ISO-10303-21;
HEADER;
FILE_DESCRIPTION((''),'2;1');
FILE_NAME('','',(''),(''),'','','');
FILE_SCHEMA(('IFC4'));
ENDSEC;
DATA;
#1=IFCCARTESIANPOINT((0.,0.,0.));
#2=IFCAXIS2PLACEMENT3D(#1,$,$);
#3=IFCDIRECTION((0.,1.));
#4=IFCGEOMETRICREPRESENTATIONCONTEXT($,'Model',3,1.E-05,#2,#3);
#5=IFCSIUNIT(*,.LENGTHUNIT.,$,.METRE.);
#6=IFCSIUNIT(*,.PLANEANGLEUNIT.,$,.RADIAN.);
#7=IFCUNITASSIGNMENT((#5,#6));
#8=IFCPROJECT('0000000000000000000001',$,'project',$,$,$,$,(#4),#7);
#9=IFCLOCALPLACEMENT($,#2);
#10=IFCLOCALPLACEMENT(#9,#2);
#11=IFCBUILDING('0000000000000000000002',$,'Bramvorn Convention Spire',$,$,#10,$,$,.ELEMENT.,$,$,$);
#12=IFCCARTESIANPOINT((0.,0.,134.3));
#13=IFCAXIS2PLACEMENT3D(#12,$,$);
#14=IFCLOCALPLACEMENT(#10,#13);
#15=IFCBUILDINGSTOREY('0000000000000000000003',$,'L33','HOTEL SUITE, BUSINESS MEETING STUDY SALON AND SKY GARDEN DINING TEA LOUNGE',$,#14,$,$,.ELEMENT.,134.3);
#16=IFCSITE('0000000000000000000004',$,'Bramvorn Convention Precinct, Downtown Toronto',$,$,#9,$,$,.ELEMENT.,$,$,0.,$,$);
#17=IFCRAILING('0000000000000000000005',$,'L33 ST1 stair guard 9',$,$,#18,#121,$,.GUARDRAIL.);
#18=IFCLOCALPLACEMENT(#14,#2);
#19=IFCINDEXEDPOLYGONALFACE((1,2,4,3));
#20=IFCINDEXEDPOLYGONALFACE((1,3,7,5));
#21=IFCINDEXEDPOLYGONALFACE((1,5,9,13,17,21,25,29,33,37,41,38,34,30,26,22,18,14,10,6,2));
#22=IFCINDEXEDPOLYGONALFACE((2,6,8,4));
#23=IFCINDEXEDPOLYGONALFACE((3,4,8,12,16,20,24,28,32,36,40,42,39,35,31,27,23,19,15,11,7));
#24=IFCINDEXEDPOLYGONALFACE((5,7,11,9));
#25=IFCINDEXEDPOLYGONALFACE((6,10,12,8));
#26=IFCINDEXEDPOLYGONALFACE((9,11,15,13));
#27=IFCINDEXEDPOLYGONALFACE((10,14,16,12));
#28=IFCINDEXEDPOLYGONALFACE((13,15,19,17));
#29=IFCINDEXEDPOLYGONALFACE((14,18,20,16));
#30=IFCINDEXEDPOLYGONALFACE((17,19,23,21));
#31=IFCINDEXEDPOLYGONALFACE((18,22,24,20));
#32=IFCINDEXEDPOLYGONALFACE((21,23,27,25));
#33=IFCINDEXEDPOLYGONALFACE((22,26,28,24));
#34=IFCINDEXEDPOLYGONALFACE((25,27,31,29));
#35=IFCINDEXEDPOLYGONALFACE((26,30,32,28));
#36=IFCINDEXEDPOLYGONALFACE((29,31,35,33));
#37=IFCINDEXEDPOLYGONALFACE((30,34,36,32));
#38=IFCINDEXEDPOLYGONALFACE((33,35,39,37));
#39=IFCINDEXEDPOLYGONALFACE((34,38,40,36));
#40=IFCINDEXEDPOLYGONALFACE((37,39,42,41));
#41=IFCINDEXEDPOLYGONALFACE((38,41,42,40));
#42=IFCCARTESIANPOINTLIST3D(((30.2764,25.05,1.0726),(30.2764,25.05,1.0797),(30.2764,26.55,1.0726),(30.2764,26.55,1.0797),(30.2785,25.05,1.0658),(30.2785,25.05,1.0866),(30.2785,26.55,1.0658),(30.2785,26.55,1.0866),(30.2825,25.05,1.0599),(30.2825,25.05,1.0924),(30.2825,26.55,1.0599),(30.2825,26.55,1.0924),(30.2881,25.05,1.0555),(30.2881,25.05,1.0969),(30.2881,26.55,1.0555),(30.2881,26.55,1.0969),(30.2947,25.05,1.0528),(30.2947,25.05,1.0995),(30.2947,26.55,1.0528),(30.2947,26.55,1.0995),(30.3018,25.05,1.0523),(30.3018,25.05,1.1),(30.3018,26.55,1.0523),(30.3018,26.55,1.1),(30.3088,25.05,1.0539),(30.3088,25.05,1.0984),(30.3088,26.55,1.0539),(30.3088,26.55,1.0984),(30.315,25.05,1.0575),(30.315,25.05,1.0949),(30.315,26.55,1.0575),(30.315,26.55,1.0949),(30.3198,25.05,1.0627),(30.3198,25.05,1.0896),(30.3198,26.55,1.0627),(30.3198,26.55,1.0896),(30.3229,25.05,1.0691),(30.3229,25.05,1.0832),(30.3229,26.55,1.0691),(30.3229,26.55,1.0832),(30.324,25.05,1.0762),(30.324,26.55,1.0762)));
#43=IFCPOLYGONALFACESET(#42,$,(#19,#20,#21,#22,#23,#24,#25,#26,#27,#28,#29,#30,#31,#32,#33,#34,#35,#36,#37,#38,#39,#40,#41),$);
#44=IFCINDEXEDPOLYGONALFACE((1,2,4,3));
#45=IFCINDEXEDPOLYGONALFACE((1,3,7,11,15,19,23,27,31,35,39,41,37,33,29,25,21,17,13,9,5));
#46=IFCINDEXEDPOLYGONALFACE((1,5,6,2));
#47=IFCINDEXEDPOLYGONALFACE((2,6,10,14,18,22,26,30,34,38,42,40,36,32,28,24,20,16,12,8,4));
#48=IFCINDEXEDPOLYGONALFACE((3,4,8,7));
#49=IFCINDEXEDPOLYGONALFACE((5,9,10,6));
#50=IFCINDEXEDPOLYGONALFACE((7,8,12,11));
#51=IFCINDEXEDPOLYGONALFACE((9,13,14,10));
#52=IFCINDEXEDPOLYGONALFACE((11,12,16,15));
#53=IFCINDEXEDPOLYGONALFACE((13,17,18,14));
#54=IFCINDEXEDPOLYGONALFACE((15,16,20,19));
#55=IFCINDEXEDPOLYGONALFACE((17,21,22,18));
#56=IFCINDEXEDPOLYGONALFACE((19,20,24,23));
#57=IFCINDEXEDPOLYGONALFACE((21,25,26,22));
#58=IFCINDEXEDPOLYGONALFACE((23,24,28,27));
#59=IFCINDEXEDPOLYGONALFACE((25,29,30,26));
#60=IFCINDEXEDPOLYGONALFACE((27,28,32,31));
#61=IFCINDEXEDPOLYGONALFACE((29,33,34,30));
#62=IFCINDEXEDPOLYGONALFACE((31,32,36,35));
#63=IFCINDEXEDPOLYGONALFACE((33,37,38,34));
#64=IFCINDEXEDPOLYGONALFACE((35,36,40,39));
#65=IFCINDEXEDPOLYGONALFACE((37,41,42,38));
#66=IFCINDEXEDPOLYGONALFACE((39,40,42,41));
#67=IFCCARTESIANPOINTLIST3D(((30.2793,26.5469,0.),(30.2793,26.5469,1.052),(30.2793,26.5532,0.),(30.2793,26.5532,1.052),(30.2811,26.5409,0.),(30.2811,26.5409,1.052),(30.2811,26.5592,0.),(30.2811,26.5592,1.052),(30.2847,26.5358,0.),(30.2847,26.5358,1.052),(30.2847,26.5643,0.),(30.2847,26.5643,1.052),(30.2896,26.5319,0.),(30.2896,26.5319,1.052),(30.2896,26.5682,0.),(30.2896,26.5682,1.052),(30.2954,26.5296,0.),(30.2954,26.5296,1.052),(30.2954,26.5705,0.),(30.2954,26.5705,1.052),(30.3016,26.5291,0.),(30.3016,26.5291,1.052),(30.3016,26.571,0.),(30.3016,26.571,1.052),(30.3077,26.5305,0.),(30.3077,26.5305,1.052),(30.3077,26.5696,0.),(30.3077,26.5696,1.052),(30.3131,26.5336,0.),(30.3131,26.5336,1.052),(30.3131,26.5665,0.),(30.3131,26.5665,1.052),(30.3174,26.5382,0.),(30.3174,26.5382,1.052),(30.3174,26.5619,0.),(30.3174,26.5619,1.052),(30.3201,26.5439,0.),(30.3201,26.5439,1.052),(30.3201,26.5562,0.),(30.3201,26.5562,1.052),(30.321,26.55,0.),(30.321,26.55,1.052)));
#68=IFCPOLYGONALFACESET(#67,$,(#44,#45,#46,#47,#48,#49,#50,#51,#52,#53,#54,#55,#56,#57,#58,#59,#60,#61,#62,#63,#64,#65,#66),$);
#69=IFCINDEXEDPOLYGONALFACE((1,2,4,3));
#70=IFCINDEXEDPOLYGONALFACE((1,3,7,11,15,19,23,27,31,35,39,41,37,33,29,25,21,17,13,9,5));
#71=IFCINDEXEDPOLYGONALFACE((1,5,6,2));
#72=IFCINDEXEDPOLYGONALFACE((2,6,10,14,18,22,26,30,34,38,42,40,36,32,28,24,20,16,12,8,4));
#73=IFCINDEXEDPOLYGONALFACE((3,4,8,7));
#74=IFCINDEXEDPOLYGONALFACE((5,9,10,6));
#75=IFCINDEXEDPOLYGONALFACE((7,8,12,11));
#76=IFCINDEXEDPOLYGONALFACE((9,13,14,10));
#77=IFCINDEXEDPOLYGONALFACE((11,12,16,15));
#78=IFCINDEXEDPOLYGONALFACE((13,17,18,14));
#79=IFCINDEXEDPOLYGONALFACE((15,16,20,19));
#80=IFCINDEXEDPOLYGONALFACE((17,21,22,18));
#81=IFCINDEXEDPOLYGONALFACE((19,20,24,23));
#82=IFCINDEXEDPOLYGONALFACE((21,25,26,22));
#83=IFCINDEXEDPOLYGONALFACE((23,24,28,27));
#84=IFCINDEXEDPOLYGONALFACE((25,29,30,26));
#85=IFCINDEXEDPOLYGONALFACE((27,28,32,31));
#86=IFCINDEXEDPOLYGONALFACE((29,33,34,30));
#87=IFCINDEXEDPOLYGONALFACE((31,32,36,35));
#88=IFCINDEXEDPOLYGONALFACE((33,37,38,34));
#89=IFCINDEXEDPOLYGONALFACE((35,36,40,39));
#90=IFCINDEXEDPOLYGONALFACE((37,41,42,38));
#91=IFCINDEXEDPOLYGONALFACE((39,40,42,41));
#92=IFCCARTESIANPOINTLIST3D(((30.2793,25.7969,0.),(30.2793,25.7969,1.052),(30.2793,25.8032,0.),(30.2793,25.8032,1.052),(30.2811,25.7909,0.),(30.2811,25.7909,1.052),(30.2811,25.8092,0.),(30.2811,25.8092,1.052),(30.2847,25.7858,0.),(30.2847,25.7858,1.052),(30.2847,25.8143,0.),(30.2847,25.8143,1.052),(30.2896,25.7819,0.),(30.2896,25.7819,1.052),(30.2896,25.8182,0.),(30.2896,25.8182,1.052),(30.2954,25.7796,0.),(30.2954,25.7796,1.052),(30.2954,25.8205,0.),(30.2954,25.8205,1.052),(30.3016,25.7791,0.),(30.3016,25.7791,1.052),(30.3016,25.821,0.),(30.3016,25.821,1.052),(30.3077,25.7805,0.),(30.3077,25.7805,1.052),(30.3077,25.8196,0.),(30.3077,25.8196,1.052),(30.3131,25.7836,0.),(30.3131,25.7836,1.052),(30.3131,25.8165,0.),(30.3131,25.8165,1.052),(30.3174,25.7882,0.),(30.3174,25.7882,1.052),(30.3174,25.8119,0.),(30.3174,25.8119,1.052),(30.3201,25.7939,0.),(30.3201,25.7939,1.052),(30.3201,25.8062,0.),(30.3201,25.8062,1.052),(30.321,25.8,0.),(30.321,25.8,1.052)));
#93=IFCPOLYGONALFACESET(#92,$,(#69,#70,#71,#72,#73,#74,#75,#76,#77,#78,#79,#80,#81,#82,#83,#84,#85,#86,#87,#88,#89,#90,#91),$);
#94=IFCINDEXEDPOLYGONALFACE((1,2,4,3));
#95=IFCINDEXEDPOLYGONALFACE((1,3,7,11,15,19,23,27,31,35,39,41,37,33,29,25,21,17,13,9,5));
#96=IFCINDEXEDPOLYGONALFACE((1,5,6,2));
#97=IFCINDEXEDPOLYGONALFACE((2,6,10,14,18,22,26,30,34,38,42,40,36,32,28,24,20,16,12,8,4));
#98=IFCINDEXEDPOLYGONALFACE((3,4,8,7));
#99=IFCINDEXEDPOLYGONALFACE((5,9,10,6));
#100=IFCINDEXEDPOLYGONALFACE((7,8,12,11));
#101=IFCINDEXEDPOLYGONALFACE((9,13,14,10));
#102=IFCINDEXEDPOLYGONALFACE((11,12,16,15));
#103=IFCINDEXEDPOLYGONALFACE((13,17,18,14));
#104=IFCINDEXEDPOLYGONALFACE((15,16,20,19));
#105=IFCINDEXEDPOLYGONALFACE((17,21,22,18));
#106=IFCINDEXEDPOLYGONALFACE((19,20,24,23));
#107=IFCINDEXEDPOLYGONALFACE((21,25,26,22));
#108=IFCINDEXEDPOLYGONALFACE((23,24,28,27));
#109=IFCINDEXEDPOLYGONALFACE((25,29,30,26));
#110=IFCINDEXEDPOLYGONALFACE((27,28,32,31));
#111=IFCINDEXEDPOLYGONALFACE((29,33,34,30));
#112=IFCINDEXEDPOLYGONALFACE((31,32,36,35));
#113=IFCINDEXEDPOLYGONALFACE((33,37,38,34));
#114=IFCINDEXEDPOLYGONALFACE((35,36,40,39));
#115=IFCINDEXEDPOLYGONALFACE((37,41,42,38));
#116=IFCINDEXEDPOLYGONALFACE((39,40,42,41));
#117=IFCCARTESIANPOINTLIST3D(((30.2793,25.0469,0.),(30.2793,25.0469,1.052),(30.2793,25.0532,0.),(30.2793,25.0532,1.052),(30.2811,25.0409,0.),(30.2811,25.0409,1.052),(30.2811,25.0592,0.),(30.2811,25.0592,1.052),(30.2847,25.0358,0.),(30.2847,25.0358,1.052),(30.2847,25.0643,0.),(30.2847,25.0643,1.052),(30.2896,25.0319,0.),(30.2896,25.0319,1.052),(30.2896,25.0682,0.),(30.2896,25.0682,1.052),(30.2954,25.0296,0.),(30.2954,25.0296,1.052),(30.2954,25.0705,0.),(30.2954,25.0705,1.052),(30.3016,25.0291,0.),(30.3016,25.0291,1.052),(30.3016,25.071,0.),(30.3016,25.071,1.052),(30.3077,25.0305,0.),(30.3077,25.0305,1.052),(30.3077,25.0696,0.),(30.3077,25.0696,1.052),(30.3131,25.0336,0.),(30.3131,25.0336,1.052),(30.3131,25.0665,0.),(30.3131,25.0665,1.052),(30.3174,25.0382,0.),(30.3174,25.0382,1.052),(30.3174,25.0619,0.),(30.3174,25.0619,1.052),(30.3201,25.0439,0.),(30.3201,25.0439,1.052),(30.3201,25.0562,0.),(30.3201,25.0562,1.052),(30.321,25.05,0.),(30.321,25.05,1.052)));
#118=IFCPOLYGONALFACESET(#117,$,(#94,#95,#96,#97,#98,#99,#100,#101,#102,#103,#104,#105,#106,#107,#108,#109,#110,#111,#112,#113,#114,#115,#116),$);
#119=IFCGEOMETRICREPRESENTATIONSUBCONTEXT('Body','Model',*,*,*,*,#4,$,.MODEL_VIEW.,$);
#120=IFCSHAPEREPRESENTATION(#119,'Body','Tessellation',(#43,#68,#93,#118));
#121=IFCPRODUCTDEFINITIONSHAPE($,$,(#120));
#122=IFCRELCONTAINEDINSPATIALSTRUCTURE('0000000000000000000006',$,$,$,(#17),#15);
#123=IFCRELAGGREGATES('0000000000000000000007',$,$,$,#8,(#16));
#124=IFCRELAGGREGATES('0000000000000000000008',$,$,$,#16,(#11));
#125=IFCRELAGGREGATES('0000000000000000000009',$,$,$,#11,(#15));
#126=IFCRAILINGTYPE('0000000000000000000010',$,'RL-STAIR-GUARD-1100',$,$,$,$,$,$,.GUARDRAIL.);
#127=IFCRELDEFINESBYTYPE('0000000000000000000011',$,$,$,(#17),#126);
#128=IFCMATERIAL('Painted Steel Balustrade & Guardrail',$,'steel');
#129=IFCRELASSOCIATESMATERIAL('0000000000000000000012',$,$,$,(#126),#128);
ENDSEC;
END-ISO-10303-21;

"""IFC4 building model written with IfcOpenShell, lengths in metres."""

from ifc_helpers import new_model, si_unit, direction, frame, origin, origin_2d, place, context, subcontext, project, spatial, circle, extrude, material, type_object, element, save


model = new_model("IFC4")

# Units and contexts
model_context = context("Model", 3, precision=1e-05, world=origin(), true_north=direction((0.0, 1.0)))
body_context = subcontext(model_context, "Body", "Model", "MODEL_VIEW")
ifc_project = project(units=[si_unit("LENGTHUNIT", "METRE"), si_unit("PLANEANGLEUNIT", "RADIAN")], contexts=[model_context])

# Site, building, storey
site_placement = place(None, origin())
site = spatial("IfcSite", under=ifc_project, at=site_placement, Name="Bramvorn Convention Precinct, Downtown Toronto", CompositionType="ELEMENT", RefElevation=0.0)
building_placement = place(site_placement, origin())
building = spatial("IfcBuilding", under=site, at=building_placement, Name="Bramvorn Convention Spire", CompositionType="ELEMENT")
storey_placement = place(building_placement, frame((0.0, 0.0, 134.3)))
storey = spatial("IfcBuildingStorey", under=building, at=storey_placement, Name="L33", Description="HOTEL SUITE, BUSINESS MEETING STUDY SALON AND SKY GARDEN DINING TEA LOUNGE", CompositionType="ELEMENT", Elevation=134.3)

# Railing
ifc_material_1 = material(Name="Painted Steel Balustrade & Guardrail", Category="steel")
railing_type_1 = type_object("IfcRailingType", Name="RL-STAIR-GUARD-1100", PredefinedType="GUARDRAIL", material=ifc_material_1)
for number, where, name in (
    (1, (30.3, 26.55, 0.0), "L33 ST1 stair guard 9"),
):
    element("IfcRailing", number, at=place(storey_placement, frame(where)), inside=storey, type_object=railing_type_1, Name=name, PredefinedType="GUARDRAIL", context=body_context, shape_type="SweptSolid", body=[
        extrude(circle(Radius=0.0239, at=origin_2d()), frame((0.0, 0.0, 1.0762), z_axis=(0.0, -1.0, 0.0), x_axis=(1.0, 0.0, 0.0)), (0.0, 0.0, 1.0), 1.5),
        extrude(circle(Radius=0.021, at=origin_2d()), origin(), (0.0, 0.0, 1.0), 1.052),
        extrude(circle(Radius=0.021, at=origin_2d()), frame((0.0, -0.75, 0.0)), (0.0, 0.0, 1.0), 1.052),
        extrude(circle(Radius=0.021, at=origin_2d()), frame((0.0, -1.5, 0.0)), (0.0, 0.0, 1.0), 1.052),
    ])

save(model, "model.ifc")
